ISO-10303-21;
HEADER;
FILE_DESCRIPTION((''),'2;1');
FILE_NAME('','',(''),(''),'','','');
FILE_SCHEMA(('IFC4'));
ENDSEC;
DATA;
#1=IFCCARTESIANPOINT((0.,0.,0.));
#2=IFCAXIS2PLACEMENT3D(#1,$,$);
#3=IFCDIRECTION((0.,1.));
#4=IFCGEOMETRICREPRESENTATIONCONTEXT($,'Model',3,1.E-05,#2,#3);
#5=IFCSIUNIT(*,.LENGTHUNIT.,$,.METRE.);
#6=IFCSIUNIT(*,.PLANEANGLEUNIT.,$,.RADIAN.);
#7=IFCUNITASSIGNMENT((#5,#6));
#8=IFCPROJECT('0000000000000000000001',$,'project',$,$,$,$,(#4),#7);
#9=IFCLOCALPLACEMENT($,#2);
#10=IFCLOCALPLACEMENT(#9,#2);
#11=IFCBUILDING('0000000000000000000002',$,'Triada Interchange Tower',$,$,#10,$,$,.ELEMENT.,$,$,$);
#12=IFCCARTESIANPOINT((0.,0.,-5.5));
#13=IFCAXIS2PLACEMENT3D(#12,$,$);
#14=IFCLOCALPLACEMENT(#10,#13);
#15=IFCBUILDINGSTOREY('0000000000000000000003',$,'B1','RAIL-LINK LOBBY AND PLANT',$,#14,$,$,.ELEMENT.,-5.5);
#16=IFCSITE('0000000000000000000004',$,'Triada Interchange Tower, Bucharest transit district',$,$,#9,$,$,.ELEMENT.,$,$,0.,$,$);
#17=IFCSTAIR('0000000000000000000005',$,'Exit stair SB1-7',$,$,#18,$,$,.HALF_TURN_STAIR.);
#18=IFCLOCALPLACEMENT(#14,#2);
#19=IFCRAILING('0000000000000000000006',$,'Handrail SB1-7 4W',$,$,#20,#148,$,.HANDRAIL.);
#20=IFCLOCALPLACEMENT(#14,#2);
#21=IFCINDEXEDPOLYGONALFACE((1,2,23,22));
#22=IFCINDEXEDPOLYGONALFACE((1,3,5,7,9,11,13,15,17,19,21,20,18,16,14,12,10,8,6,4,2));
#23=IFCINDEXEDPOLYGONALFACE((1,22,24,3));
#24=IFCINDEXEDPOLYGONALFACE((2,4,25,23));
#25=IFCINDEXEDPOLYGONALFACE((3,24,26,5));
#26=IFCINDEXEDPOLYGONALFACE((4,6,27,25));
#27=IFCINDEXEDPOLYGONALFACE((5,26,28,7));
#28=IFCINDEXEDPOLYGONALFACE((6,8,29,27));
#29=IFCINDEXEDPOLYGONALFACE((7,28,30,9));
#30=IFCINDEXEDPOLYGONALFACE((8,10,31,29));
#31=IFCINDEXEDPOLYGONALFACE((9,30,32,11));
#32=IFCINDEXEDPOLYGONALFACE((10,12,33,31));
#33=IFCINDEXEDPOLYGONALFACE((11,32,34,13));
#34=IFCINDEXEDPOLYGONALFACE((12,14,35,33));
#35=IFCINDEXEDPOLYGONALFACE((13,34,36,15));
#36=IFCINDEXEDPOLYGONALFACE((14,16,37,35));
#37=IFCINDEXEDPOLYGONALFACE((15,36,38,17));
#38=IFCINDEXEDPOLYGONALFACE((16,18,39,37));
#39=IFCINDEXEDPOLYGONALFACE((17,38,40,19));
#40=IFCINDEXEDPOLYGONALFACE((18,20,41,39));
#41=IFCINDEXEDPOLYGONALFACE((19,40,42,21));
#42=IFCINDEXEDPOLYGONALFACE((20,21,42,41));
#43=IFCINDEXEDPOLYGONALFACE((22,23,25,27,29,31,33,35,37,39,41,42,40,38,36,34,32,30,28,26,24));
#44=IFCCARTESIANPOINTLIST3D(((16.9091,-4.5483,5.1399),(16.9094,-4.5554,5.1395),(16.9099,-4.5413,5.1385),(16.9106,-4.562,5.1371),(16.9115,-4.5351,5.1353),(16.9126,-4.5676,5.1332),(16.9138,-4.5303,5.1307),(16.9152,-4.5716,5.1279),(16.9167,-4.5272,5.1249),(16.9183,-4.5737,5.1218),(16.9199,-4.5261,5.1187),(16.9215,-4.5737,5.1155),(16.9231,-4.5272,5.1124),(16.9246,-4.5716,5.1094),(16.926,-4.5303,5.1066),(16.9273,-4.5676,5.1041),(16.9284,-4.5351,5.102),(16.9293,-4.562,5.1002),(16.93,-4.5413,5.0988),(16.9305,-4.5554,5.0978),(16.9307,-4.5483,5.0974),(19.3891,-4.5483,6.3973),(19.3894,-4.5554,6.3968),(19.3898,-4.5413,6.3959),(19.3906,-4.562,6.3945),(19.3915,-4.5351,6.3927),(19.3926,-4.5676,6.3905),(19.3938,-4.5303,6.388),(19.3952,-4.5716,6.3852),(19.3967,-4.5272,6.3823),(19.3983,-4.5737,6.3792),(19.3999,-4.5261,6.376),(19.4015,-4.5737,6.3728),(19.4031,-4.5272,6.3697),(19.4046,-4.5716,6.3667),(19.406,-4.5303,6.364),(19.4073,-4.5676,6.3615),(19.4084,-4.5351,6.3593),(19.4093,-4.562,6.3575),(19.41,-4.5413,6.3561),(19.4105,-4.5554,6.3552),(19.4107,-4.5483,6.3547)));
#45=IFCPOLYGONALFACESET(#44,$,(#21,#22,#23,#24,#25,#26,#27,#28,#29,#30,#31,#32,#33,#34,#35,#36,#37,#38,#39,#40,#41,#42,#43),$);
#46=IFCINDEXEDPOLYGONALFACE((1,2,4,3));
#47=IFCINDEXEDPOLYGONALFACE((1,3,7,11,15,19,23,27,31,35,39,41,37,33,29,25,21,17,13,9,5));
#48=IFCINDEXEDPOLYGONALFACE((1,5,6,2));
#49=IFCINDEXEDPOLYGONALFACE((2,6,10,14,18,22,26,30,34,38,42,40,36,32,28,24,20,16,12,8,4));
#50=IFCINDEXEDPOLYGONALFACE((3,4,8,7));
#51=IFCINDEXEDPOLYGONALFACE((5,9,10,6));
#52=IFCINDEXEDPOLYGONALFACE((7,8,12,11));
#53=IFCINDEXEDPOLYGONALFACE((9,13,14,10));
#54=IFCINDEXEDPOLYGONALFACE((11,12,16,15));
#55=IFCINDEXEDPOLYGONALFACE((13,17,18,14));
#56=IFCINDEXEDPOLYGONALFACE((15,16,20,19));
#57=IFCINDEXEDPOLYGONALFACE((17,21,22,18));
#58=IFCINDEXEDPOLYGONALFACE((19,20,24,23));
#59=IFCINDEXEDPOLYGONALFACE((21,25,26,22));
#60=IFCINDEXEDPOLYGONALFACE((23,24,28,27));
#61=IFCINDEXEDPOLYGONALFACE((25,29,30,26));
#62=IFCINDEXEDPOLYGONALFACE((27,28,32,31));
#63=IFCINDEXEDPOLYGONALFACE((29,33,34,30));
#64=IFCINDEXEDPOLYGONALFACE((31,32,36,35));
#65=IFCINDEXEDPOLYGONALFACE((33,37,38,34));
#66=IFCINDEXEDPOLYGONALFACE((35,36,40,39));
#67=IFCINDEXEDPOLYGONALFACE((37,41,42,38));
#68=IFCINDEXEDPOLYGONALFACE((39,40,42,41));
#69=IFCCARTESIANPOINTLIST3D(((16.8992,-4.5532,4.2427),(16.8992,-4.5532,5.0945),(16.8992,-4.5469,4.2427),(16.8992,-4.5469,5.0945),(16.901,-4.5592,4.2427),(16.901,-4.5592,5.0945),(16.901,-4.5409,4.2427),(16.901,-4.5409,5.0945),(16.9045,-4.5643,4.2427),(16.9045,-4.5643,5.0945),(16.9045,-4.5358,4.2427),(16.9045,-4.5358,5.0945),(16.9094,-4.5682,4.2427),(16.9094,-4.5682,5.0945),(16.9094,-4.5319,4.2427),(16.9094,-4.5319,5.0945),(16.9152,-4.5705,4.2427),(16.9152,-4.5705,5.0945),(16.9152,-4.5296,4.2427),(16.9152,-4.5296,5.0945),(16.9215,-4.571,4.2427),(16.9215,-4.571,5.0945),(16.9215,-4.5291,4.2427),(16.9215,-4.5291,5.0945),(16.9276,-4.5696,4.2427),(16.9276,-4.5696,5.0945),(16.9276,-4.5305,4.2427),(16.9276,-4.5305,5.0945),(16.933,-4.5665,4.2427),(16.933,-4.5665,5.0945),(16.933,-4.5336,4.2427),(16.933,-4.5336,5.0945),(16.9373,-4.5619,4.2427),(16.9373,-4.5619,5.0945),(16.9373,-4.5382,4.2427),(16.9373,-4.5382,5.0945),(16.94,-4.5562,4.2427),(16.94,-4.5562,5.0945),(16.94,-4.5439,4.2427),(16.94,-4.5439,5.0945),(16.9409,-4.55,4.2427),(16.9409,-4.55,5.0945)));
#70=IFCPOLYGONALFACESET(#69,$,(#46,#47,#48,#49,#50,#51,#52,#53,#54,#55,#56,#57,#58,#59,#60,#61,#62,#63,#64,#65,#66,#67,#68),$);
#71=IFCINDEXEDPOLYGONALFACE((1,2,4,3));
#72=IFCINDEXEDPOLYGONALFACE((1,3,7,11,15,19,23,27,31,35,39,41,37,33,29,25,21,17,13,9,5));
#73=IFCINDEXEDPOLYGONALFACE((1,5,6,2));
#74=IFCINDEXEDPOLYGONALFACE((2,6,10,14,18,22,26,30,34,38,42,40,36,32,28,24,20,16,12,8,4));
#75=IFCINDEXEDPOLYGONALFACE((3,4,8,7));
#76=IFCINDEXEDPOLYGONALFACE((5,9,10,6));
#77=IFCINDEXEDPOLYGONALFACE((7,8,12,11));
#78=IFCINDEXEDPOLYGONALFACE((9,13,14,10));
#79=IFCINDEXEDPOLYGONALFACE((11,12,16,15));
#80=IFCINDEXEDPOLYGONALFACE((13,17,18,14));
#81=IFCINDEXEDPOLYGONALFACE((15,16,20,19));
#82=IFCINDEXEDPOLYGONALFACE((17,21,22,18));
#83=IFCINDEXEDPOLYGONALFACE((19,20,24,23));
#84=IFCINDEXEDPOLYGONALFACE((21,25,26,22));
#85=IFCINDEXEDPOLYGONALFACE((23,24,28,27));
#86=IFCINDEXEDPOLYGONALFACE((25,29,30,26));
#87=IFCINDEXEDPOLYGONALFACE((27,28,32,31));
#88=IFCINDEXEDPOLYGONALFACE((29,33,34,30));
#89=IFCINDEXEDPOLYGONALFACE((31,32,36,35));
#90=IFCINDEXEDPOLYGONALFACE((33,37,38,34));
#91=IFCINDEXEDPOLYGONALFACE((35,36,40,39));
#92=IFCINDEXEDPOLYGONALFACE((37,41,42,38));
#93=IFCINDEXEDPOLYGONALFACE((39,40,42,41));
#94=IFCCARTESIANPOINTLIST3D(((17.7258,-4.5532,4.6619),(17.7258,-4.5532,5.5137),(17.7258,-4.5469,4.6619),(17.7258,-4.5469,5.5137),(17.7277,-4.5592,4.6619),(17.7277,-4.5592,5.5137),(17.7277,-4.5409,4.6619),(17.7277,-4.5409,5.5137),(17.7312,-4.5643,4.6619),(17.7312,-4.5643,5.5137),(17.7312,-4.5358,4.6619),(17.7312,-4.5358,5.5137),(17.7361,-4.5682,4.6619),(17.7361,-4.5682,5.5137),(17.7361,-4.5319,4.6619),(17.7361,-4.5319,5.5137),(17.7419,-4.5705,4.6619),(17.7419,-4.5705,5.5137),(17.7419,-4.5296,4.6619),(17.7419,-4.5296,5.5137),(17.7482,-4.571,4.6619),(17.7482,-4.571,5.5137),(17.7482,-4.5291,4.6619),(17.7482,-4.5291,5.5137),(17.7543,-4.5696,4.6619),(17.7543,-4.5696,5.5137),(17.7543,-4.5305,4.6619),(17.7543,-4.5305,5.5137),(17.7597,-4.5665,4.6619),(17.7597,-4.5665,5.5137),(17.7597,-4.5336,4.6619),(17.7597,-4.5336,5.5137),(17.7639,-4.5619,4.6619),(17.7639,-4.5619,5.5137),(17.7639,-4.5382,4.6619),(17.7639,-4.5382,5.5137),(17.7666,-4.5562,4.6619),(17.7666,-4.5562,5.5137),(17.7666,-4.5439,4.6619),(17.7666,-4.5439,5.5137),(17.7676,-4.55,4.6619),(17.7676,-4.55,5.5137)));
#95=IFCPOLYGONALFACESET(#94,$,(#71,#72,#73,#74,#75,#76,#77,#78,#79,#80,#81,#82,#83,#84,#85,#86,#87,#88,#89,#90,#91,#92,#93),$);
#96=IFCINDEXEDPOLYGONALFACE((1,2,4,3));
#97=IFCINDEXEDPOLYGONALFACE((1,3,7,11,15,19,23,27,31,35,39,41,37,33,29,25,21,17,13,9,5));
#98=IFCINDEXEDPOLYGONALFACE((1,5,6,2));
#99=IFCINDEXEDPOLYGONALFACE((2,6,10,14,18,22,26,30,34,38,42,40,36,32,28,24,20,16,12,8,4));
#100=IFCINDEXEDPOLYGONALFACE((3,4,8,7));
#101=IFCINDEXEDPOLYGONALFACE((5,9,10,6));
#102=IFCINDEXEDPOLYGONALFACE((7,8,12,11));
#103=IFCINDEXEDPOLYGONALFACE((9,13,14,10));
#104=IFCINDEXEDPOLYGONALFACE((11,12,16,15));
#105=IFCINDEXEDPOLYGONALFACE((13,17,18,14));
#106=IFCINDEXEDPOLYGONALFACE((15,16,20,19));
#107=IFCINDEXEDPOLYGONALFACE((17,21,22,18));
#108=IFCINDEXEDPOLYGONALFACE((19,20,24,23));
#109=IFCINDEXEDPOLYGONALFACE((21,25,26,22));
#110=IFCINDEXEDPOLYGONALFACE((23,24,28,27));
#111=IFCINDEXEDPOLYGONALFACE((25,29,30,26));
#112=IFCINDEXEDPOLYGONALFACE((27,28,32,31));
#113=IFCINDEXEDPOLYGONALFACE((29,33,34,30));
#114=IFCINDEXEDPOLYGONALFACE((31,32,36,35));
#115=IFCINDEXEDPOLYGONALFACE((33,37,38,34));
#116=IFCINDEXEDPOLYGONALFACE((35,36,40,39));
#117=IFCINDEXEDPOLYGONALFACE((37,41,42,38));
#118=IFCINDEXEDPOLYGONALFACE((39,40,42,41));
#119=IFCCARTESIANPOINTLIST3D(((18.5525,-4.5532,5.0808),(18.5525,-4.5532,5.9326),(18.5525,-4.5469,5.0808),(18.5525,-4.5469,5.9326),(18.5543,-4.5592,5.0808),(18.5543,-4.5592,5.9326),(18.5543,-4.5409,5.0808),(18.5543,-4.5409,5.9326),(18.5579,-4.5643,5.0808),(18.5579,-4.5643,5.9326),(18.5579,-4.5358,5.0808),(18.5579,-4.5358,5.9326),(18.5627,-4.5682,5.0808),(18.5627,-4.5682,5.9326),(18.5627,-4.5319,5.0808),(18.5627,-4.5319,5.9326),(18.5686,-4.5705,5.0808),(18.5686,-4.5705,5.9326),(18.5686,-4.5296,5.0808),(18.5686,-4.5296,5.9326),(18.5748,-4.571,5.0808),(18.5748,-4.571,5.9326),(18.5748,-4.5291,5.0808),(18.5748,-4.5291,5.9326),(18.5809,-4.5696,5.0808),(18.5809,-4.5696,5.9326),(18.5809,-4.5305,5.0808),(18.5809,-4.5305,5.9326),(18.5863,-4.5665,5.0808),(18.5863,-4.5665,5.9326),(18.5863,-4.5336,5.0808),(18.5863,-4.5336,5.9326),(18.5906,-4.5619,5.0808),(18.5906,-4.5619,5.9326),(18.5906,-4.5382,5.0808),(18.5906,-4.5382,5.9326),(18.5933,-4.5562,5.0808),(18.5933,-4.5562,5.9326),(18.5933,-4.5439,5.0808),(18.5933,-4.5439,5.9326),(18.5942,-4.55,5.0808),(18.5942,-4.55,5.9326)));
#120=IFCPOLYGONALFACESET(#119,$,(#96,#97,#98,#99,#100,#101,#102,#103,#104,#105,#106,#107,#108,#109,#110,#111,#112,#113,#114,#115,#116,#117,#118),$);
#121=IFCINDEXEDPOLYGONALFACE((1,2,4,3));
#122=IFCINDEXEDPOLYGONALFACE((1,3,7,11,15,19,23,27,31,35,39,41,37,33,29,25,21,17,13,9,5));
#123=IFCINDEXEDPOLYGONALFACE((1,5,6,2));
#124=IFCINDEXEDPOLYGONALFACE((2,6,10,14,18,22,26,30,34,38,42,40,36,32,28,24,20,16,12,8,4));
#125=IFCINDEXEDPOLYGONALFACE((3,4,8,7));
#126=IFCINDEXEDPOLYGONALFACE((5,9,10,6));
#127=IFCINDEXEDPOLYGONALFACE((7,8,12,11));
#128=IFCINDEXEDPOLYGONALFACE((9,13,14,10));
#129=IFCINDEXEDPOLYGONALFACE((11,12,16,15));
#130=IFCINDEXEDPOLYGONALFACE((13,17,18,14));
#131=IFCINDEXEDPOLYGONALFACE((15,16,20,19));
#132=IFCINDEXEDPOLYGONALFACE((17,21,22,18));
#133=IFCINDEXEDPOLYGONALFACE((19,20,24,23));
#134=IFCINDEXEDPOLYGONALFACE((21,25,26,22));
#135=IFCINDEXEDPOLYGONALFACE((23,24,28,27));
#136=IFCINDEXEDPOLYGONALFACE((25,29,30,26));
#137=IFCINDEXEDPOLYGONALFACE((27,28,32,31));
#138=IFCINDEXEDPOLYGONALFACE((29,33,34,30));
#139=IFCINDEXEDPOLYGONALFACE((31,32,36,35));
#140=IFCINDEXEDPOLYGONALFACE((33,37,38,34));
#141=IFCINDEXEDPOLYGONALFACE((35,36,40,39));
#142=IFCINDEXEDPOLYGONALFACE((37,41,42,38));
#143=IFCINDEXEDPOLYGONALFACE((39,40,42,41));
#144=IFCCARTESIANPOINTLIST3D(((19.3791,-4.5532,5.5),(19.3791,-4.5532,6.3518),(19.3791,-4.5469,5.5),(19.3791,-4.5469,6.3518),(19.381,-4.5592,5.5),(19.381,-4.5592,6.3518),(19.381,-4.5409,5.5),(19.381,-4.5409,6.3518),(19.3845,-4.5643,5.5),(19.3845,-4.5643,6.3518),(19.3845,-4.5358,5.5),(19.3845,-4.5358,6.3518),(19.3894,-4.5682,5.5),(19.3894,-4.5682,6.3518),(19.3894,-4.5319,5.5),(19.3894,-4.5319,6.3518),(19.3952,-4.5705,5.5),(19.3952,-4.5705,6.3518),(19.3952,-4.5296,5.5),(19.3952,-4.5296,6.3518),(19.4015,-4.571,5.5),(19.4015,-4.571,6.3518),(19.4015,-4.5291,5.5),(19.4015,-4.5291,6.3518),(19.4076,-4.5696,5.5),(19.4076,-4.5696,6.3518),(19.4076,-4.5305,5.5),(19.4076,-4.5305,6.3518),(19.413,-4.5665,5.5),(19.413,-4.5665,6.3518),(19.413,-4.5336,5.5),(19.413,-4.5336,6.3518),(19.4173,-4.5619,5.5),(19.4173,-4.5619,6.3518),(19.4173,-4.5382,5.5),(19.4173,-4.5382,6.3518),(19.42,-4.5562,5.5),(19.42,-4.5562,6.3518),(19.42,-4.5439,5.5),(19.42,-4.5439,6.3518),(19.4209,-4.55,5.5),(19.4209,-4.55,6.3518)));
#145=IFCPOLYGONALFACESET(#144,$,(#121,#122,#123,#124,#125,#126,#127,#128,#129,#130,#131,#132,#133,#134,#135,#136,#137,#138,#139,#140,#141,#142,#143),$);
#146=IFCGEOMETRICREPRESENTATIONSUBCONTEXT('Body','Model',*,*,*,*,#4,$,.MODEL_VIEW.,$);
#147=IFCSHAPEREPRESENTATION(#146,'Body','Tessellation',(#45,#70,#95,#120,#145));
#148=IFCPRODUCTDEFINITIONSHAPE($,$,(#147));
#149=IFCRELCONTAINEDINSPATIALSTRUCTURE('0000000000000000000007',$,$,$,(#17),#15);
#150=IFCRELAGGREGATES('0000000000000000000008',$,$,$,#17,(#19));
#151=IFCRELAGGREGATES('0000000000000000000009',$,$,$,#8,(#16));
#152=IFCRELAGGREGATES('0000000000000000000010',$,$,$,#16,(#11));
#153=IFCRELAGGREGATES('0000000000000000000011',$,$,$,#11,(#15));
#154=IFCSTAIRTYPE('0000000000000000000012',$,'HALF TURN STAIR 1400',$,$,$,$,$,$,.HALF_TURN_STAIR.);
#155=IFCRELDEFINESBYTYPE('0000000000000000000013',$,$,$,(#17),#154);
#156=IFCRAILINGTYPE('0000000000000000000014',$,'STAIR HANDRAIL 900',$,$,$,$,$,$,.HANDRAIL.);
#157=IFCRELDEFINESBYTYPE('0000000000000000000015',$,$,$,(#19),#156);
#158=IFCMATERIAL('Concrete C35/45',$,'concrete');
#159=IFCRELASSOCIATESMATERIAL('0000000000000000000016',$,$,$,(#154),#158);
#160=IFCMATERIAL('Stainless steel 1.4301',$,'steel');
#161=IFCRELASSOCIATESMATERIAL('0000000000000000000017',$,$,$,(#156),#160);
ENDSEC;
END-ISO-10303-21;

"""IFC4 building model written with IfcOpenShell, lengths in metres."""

from ifc_helpers import new_model, si_unit, direction, frame, origin, origin_2d, place, context, subcontext, project, spatial, circle, extrude, material, type_object, element, aggregate, save


model = new_model("IFC4")

# Units and contexts
model_context = context("Model", 3, precision=1e-05, world=origin(), true_north=direction((0.0, 1.0)))
body_context = subcontext(model_context, "Body", "Model", "MODEL_VIEW")
ifc_project = project(units=[si_unit("LENGTHUNIT", "METRE"), si_unit("PLANEANGLEUNIT", "RADIAN")], contexts=[model_context])

# Site, building, storey
site_placement = place(None, origin())
site = spatial("IfcSite", under=ifc_project, at=site_placement, Name="Triada Interchange Tower, Bucharest transit district", CompositionType="ELEMENT", RefElevation=0.0)
building_placement = place(site_placement, origin())
building = spatial("IfcBuilding", under=site, at=building_placement, Name="Triada Interchange Tower", CompositionType="ELEMENT")
storey_placement = place(building_placement, frame((0.0, 0.0, -5.5)))
storey = spatial("IfcBuildingStorey", under=building, at=storey_placement, Name="B1", Description="RAIL-LINK LOBBY AND PLANT", CompositionType="ELEMENT", Elevation=-5.5)

# Shared definitions
ifc_material_1 = material(Name="Concrete C35/45", Category="concrete")

# Stair
stair_type = type_object("IfcStairType", Name="HALF TURN STAIR 1400", PredefinedType="HALF_TURN_STAIR", material=ifc_material_1)
stair_1_placement = place(storey_placement, origin())
stair_1 = element("IfcStair", 1, at=stair_1_placement, inside=storey, type_object=stair_type, Name="Exit stair SB1-7", PredefinedType="HALF_TURN_STAIR")

# Shared definitions
ifc_material_2 = material(Name="Stainless steel 1.4301", Category="steel")
railing_type_1 = type_object("IfcRailingType", Name="STAIR HANDRAIL 900", PredefinedType="HANDRAIL", material=ifc_material_2)

# Railing
railing_1_placement = place(storey_placement, frame((16.9199, -4.55, 4.2427)))
railing_1 = element("IfcRailing", 2, at=railing_1_placement, type_object=railing_type_1, Name="Handrail SB1-7 4W", PredefinedType="HANDRAIL", context=body_context, shape_type="SweptSolid", body=[
    extrude(circle(Radius=0.0239, at=origin_2d()), frame((0.0, 0.0, 0.876), z_axis=(0.89192, 0.0, 0.452194), x_axis=(0.0, 1.0, 0.0)), (0.0, 0.0, 1.0), 2.7805),
    extrude(circle(Radius=0.021, at=origin_2d()), origin(), (0.0, 0.0, 1.0), 0.8518),
    extrude(circle(Radius=0.021, at=origin_2d()), frame((0.8267, 0.0, 0.4192)), (0.0, 0.0, 1.0), 0.8518),
    extrude(circle(Radius=0.021, at=origin_2d()), frame((1.6533, 0.0, 0.8381)), (0.0, 0.0, 1.0), 0.8518),
    extrude(circle(Radius=0.021, at=origin_2d()), frame((2.48, 0.0, 1.2573)), (0.0, 0.0, 1.0), 0.8518),
])
aggregate(stair_1, [railing_1])

save(model, "model.ifc")
